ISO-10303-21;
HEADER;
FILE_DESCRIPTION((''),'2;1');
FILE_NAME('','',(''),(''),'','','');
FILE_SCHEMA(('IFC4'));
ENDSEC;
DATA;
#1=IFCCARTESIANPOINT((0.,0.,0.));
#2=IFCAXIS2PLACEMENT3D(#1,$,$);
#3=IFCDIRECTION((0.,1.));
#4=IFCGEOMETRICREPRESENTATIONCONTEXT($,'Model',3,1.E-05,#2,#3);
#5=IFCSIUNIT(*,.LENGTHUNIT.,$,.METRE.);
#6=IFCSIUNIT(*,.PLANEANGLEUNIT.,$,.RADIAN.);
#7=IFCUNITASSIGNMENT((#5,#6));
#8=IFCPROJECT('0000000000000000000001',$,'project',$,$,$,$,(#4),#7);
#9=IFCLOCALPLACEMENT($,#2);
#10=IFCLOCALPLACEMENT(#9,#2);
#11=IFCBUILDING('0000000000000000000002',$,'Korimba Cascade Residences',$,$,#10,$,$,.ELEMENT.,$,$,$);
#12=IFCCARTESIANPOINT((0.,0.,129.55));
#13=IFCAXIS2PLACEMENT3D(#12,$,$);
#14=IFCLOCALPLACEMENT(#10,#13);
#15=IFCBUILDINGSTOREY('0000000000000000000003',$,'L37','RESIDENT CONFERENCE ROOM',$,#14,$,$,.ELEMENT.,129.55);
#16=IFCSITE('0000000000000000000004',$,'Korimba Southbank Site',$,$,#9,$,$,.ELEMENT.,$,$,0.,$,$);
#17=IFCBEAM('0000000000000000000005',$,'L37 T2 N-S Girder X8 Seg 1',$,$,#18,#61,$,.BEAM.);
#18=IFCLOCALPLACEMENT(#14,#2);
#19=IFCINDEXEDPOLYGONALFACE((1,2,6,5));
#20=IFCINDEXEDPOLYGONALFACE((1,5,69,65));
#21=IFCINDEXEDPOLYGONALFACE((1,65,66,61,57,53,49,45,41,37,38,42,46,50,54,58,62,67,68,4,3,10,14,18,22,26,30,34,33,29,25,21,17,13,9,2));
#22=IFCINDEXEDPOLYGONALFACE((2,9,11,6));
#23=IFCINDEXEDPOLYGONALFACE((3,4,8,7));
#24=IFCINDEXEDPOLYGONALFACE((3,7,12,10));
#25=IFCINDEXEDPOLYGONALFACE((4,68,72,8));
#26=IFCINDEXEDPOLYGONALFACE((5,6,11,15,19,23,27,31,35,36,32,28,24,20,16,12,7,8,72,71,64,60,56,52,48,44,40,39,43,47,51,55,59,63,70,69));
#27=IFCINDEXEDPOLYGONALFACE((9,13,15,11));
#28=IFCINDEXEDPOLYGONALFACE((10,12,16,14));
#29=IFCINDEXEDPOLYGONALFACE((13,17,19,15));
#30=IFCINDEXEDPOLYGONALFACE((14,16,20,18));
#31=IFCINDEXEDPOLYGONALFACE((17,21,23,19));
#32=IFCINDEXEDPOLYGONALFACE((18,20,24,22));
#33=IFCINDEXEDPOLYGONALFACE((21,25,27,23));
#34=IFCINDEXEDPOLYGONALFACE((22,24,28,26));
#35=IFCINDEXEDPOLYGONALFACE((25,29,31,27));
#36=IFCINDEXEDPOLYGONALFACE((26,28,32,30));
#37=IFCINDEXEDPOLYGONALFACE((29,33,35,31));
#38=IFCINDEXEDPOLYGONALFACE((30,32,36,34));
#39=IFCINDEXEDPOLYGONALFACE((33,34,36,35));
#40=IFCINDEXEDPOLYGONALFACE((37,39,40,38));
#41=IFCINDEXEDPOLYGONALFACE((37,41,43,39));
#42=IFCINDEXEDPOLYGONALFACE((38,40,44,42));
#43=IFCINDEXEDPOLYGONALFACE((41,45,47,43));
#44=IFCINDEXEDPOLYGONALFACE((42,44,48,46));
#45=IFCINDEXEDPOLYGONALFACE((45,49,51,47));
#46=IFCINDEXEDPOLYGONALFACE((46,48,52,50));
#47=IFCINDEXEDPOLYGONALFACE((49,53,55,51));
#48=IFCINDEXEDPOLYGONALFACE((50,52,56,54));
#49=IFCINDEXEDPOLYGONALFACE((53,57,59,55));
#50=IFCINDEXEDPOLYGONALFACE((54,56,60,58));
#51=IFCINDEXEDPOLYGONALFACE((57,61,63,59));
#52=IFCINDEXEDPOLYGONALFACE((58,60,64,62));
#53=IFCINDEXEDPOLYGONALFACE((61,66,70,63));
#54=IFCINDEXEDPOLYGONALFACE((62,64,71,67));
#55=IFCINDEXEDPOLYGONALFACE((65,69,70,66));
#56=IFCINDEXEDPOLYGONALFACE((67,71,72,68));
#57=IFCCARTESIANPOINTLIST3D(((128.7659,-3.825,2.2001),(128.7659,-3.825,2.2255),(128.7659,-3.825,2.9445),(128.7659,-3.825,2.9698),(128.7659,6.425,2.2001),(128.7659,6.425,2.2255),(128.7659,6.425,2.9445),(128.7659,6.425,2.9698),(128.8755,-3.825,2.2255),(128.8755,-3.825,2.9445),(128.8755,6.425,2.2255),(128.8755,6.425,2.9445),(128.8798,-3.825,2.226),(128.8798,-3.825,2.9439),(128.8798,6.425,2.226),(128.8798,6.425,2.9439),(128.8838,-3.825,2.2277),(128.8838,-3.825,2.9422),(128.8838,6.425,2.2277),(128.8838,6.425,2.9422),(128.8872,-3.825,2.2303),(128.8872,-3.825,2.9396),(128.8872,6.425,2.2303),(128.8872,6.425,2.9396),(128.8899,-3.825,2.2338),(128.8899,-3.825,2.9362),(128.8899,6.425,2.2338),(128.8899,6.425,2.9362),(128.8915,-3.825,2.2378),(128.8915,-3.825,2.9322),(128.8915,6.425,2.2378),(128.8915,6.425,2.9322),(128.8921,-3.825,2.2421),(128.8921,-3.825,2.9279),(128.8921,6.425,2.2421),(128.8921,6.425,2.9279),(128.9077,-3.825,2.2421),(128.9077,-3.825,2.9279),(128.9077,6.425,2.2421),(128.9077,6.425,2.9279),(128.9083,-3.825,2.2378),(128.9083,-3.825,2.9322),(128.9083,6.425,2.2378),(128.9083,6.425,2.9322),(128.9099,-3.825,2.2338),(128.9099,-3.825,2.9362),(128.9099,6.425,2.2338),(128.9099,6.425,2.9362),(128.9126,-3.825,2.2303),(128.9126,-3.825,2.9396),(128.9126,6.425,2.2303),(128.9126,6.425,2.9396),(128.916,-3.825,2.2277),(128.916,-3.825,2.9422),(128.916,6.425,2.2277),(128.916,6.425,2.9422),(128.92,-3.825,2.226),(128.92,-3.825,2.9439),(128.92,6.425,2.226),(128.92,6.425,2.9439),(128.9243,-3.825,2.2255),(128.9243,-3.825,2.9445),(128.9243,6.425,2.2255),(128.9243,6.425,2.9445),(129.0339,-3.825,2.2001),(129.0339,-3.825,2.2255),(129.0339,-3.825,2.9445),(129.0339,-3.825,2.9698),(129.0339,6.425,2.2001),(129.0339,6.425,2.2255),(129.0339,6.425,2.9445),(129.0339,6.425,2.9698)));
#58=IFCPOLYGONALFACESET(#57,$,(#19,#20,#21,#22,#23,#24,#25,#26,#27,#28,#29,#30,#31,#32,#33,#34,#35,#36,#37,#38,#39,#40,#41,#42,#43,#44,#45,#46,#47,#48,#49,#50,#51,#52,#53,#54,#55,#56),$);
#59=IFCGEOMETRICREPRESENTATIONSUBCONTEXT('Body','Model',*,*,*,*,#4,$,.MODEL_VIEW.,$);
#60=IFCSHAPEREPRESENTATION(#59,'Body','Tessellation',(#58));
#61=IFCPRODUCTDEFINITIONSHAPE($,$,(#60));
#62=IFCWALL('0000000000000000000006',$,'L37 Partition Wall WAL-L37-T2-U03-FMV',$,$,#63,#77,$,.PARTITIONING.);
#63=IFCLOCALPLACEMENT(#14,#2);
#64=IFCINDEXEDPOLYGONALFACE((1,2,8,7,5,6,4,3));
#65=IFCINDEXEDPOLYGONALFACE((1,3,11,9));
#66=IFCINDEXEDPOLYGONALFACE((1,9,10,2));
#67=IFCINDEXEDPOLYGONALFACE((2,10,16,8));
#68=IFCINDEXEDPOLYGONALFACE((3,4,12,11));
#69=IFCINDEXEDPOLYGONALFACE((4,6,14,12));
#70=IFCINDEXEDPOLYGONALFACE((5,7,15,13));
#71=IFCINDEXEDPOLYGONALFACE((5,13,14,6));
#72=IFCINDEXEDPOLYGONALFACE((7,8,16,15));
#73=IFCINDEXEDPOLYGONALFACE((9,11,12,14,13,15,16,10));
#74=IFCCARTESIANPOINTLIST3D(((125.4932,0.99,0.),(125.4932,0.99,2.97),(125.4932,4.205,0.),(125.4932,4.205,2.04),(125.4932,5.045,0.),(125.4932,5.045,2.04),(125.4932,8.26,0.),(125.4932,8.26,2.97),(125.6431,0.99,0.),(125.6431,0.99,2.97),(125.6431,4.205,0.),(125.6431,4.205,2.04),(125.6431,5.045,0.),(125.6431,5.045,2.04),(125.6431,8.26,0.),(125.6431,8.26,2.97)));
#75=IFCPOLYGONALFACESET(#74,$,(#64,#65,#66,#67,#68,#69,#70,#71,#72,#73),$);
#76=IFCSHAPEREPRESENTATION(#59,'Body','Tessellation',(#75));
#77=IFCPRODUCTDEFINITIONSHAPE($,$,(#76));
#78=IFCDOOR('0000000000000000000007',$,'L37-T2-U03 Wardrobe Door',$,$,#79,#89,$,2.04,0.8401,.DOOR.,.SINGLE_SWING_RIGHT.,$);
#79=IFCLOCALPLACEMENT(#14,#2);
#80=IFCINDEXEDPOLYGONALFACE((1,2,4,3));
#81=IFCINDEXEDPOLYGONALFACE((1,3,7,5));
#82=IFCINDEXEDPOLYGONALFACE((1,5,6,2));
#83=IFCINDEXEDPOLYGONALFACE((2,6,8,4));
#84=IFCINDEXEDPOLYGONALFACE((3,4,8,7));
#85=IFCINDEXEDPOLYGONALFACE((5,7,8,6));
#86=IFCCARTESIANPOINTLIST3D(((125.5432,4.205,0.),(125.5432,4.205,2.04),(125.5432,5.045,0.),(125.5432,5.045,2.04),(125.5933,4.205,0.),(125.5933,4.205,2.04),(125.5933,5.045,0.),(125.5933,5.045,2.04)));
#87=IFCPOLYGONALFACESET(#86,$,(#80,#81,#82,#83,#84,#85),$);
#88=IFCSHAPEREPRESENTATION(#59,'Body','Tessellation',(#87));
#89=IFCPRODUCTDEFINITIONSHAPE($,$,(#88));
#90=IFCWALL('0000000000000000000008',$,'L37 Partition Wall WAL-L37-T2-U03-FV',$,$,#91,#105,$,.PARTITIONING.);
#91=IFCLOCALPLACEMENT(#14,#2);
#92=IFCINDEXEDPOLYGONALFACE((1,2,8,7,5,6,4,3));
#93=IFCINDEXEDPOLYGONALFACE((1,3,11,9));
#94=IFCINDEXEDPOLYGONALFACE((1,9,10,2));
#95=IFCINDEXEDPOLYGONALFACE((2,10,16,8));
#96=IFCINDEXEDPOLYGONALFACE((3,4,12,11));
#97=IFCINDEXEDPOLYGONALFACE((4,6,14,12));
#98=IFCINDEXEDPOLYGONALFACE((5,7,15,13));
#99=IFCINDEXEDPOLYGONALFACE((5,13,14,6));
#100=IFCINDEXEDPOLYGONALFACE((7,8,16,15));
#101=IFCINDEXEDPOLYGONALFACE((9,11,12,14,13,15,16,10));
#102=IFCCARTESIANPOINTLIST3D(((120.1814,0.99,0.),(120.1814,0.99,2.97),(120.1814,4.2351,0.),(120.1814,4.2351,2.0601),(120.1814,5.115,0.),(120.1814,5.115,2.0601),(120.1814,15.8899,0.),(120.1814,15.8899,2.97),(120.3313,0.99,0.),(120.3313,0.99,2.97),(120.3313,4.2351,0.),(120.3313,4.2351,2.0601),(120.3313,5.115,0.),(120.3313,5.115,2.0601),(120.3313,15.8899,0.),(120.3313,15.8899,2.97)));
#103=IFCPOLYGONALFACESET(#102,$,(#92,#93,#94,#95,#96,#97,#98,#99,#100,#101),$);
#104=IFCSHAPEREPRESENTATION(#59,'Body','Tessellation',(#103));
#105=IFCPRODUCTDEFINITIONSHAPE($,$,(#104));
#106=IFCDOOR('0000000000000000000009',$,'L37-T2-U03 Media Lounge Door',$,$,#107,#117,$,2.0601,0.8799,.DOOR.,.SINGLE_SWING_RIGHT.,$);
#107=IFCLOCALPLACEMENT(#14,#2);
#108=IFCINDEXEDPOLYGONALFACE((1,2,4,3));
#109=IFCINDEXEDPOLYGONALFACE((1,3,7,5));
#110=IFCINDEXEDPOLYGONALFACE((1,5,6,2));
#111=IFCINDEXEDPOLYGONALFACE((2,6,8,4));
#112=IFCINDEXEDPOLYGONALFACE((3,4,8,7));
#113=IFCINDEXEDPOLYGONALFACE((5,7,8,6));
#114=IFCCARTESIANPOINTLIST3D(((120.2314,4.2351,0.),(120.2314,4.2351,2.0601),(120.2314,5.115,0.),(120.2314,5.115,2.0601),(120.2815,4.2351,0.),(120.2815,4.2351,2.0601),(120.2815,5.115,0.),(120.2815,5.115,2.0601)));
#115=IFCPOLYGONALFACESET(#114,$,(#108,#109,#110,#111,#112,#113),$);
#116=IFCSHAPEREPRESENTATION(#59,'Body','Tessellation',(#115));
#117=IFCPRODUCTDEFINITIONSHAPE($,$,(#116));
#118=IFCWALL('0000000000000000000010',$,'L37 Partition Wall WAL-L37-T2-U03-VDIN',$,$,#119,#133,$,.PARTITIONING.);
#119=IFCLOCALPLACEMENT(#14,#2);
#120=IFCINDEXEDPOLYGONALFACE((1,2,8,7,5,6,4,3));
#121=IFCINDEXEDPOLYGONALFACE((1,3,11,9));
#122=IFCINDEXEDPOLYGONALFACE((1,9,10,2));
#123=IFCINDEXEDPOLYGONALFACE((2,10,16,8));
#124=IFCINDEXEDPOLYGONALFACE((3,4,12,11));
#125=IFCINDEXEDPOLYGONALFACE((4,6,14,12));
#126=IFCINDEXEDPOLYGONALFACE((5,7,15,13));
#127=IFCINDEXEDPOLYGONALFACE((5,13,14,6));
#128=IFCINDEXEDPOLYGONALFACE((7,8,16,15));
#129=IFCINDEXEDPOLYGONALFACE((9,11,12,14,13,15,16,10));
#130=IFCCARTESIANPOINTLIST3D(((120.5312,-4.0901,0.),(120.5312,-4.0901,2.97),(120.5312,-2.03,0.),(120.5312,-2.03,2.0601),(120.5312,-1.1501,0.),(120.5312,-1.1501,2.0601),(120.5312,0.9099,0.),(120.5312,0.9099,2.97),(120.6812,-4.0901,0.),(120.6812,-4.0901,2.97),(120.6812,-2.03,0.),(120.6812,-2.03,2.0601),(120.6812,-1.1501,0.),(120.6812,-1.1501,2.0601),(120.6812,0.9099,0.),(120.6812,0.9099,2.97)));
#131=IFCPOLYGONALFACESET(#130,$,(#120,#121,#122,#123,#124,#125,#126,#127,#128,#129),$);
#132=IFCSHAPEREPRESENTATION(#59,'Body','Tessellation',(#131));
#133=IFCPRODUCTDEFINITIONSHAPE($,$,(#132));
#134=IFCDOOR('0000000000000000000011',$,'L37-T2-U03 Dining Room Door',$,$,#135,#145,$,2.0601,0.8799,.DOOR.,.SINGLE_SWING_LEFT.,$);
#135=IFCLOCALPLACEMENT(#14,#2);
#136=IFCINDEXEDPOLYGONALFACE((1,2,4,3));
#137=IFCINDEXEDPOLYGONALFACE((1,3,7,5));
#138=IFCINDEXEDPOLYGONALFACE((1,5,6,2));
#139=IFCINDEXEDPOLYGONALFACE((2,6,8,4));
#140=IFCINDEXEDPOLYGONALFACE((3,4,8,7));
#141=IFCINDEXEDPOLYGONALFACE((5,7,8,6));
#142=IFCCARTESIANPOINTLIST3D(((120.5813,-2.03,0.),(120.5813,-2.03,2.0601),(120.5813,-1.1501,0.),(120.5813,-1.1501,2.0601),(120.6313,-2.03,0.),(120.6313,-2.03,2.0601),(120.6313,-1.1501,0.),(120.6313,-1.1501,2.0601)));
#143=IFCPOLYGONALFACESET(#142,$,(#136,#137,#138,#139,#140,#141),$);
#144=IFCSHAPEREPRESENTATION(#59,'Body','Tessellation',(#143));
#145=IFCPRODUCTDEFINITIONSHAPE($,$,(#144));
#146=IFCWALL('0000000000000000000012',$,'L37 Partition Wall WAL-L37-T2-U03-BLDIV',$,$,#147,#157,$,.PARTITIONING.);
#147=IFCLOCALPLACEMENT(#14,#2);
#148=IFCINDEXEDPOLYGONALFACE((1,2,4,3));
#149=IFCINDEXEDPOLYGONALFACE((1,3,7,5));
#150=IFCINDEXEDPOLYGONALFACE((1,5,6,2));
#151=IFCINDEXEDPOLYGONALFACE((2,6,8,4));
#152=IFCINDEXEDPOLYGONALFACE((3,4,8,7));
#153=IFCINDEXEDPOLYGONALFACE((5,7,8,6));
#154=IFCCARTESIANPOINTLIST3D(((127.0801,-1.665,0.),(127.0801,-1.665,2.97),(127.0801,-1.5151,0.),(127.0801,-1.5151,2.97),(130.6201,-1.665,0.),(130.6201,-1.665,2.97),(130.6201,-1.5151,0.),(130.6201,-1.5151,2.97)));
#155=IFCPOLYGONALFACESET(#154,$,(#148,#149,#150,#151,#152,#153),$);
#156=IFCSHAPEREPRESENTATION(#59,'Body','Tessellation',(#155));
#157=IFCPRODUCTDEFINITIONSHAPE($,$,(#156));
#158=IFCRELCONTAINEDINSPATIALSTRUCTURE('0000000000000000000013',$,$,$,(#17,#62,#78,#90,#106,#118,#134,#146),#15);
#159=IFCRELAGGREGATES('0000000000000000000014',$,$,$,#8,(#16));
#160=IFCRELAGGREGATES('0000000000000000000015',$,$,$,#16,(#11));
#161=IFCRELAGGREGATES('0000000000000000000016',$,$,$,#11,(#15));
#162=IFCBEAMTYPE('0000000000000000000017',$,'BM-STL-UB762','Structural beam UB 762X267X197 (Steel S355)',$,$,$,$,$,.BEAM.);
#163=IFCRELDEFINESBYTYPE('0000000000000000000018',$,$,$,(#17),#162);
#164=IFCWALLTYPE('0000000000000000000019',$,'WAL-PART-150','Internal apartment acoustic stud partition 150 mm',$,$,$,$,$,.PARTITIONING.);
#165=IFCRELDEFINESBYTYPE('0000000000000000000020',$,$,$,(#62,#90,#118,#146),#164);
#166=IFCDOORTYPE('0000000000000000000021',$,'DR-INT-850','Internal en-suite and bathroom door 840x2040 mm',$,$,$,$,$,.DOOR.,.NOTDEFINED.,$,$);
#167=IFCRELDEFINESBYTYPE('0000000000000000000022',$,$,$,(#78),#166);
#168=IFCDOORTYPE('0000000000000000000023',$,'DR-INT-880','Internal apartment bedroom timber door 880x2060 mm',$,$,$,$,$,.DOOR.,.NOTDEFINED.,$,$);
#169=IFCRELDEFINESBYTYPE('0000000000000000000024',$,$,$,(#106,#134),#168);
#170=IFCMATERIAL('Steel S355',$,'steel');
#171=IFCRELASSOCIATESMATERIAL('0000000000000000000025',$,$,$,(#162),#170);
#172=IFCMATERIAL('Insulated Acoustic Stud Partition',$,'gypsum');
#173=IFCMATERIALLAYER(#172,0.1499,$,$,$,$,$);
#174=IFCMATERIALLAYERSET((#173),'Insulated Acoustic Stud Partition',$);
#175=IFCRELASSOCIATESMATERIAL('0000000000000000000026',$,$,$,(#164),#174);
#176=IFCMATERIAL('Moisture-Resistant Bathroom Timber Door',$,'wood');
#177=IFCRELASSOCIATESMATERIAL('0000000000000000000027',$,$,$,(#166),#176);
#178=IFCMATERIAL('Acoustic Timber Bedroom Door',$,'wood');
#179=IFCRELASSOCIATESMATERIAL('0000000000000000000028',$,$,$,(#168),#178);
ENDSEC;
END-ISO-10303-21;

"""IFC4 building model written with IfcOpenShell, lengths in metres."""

from ifc_helpers import new_model, si_unit, direction, frame, frame_2d, origin, origin_2d, place, context, subcontext, project, spatial, rectangle, i_section, extrude, material, layer, layer_set, material_profile, profile_set, type_object, element, fill, save


model = new_model("IFC4")

# Units and contexts
model_context = context("Model", 3, precision=1e-05, world=origin(), true_north=direction((0.0, 1.0)))
body_context = subcontext(model_context, "Body", "Model", "MODEL_VIEW")
ifc_project = project(units=[si_unit("LENGTHUNIT", "METRE"), si_unit("PLANEANGLEUNIT", "RADIAN")], contexts=[model_context])

# Site, building, storey
site_placement = place(None, origin())
site = spatial("IfcSite", under=ifc_project, at=site_placement, Name="Korimba Southbank Site", CompositionType="ELEMENT", RefElevation=0.0)
building_placement = place(site_placement, origin())
building = spatial("IfcBuilding", under=site, at=building_placement, Name="Korimba Cascade Residences", CompositionType="ELEMENT")
storey_placement = place(building_placement, frame((0.0, 0.0, 129.55)))
storey = spatial("IfcBuildingStorey", under=building, at=storey_placement, Name="L37", Description="RESIDENT CONFERENCE ROOM", CompositionType="ELEMENT", Elevation=129.55)

# Beam
ifc_material_1 = material(Name="Steel S355", Category="steel")
ifc_material_profile_1 = material_profile(ifc_material_1, i_section(OverallWidth=0.2681, OverallDepth=0.7698, WebThickness=0.0156, FlangeThickness=0.0254, FilletRadius=0.0166, at=origin_2d()), Name="Steel S355")
ifc_profile_set_1 = profile_set([ifc_material_profile_1], Name="Steel S355")
beam_type_1 = type_object("IfcBeamType", Name="BM-STL-UB762", Description="Structural beam UB 762X267X197 (Steel S355)", PredefinedType="BEAM", material=ifc_profile_set_1)
for number, where, z_axis, x_axis, name in (
    (1, (128.8999, -3.825, 2.585), (0.0, 1.0, 0.0), (-1.0, 0.0, 0.0), "L37 T2 N-S Girder X8 Seg 1"),
):
    element("IfcBeam", number, at=place(storey_placement, frame(where, z_axis=z_axis, x_axis=x_axis)), inside=storey, type_object=beam_type_1, Name=name, PredefinedType="BEAM", context=body_context, shape_type="SweptSolid", body=[
        extrude(i_section(OverallWidth=0.2681, OverallDepth=0.7698, WebThickness=0.0156, FlangeThickness=0.0254, FilletRadius=0.0166, at=origin_2d()), origin(), (0.0, 0.0, 1.0), 10.25),
    ])

# Walls, openings, doors
ifc_material_2 = material(Name="Insulated Acoustic Stud Partition", Category="gypsum")
ifc_layer = layer(ifc_material_2, 0.1499)
ifc_layer_set = layer_set([ifc_layer], Name="Insulated Acoustic Stud Partition")
wall_type = type_object("IfcWallType", Name="WAL-PART-150", Description="Internal apartment acoustic stud partition 150 mm", PredefinedType="PARTITIONING", material=ifc_layer_set)
wall_1_placement = place(storey_placement, frame((125.5681, 0.99, 0.0), z_axis=(0.0, 0.0, 1.0), x_axis=(0.0, 1.0, 0.0)))
wall_1 = element("IfcWall", 2, at=wall_1_placement, inside=storey, type_object=wall_type, Name="L37 Partition Wall WAL-L37-T2-U03-FMV", PredefinedType="PARTITIONING", context=body_context, shape_type="SweptSolid", body=[
    extrude(rectangle(XDim=7.27, YDim=0.1499, at=frame_2d((3.635, 0.0))), origin(), (0.0, 0.0, 1.0), 2.97),
])
opening_1_placement = place(wall_1_placement, frame((3.2151, 0.0, 0.0)))
opening_1 = element("IfcOpeningElement", 3, at=opening_1_placement, cuts=wall_1, PredefinedType="OPENING", context=body_context, shape_type="SweptSolid", body=[
    extrude(rectangle(XDim=0.8401, YDim=2.04, at=frame_2d((0.4199, 1.02))), frame((0.0, 0.085, 0.0), z_axis=(0.0, -1.0, 0.0), x_axis=(1.0, 0.0, 0.0)), (0.0, 0.0, 1.0), 0.1699),
])
ifc_material_3 = material(Name="Moisture-Resistant Bathroom Timber Door", Category="wood")
door_type_1 = type_object("IfcDoorType", Name="DR-INT-850", Description="Internal en-suite and bathroom door 840x2040 mm", OperationType="NOTDEFINED", PredefinedType="DOOR", material=ifc_material_3)
door_1_placement = place(opening_1_placement, origin())
door_1 = element("IfcDoor", 4, at=door_1_placement, inside=storey, type_object=door_type_1, Name="L37-T2-U03 Wardrobe Door", OperationType="SINGLE_SWING_RIGHT", OverallHeight=2.04, OverallWidth=0.8401, PredefinedType="DOOR", context=body_context, shape_type="SweptSolid", body=[
    extrude(rectangle(XDim=0.8401, YDim=2.04, at=frame_2d((0.4199, 1.02))), frame((0.0, 0.0249, 0.0), z_axis=(0.0, -1.0, 0.0), x_axis=(1.0, 0.0, 0.0)), (0.0, 0.0, 1.0), 0.05),
])
fill(opening_1, door_1)
wall_2_placement = place(storey_placement, frame((120.2563, 0.99, 0.0), z_axis=(0.0, 0.0, 1.0), x_axis=(0.0, 1.0, 0.0)))
wall_2 = element("IfcWall", 5, at=wall_2_placement, inside=storey, type_object=wall_type, Name="L37 Partition Wall WAL-L37-T2-U03-FV", PredefinedType="PARTITIONING", context=body_context, shape_type="SweptSolid", body=[
    extrude(rectangle(XDim=14.8999, YDim=0.1499, at=frame_2d((7.45, 0.0))), origin(), (0.0, 0.0, 1.0), 2.97),
])
opening_2_placement = place(wall_2_placement, frame((3.2451, 0.0, 0.0)))
opening_2 = element("IfcOpeningElement", 6, at=opening_2_placement, cuts=wall_2, PredefinedType="OPENING", context=body_context, shape_type="SweptSolid", body=[
    extrude(rectangle(XDim=0.8799, YDim=2.0601, at=frame_2d((0.4399, 1.03))), frame((0.0, 0.085, 0.0), z_axis=(0.0, -1.0, 0.0), x_axis=(1.0, 0.0, 0.0)), (0.0, 0.0, 1.0), 0.1699),
])
ifc_material_4 = material(Name="Acoustic Timber Bedroom Door", Category="wood")
door_type_2 = type_object("IfcDoorType", Name="DR-INT-880", Description="Internal apartment bedroom timber door 880x2060 mm", OperationType="NOTDEFINED", PredefinedType="DOOR", material=ifc_material_4)
door_2_placement = place(opening_2_placement, origin())
door_2 = element("IfcDoor", 7, at=door_2_placement, inside=storey, type_object=door_type_2, Name="L37-T2-U03 Media Lounge Door", OperationType="SINGLE_SWING_RIGHT", OverallHeight=2.0601, OverallWidth=0.8799, PredefinedType="DOOR", context=body_context, shape_type="SweptSolid", body=[
    extrude(rectangle(XDim=0.8799, YDim=2.0601, at=frame_2d((0.4399, 1.03))), frame((0.0, 0.0249, 0.0), z_axis=(0.0, -1.0, 0.0), x_axis=(1.0, 0.0, 0.0)), (0.0, 0.0, 1.0), 0.05),
])
fill(opening_2, door_2)
wall_3_placement = place(storey_placement, frame((120.6062, -4.0901, 0.0), z_axis=(0.0, 0.0, 1.0), x_axis=(0.0, 1.0, 0.0)))
wall_3 = element("IfcWall", 8, at=wall_3_placement, inside=storey, type_object=wall_type, Name="L37 Partition Wall WAL-L37-T2-U03-VDIN", PredefinedType="PARTITIONING", context=body_context, shape_type="SweptSolid", body=[
    extrude(rectangle(XDim=5.0, YDim=0.1499, at=frame_2d((2.5, 0.0))), origin(), (0.0, 0.0, 1.0), 2.97),
])
opening_3_placement = place(wall_3_placement, frame((2.0601, 0.0, 0.0)))
opening_3 = element("IfcOpeningElement", 9, at=opening_3_placement, cuts=wall_3, PredefinedType="OPENING", context=body_context, shape_type="SweptSolid", body=[
    extrude(rectangle(XDim=0.8799, YDim=2.0601, at=frame_2d((0.4399, 1.03))), frame((0.0, 0.085, 0.0), z_axis=(0.0, -1.0, 0.0), x_axis=(1.0, 0.0, 0.0)), (0.0, 0.0, 1.0), 0.1699),
])
door_3_placement = place(opening_3_placement, origin())
door_3 = element("IfcDoor", 10, at=door_3_placement, inside=storey, type_object=door_type_2, Name="L37-T2-U03 Dining Room Door", OperationType="SINGLE_SWING_LEFT", OverallHeight=2.0601, OverallWidth=0.8799, PredefinedType="DOOR", context=body_context, shape_type="SweptSolid", body=[
    extrude(rectangle(XDim=0.8799, YDim=2.0601, at=frame_2d((0.4399, 1.03))), frame((0.0, 0.0249, 0.0), z_axis=(0.0, -1.0, 0.0), x_axis=(1.0, 0.0, 0.0)), (0.0, 0.0, 1.0), 0.05),
])
fill(opening_3, door_3)

# Wall
wall_4_placement = place(storey_placement, frame((127.0801, -1.5901, 0.0), z_axis=(0.0, 0.0, 1.0), x_axis=(1.0, 0.0, 0.0)))
element("IfcWall", 11, at=wall_4_placement, inside=storey, type_object=wall_type, Name="L37 Partition Wall WAL-L37-T2-U03-BLDIV", PredefinedType="PARTITIONING", context=body_context, shape_type="SweptSolid", body=[
    extrude(rectangle(XDim=3.54, YDim=0.1499, at=frame_2d((1.77, 0.0))), origin(), (0.0, 0.0, 1.0), 2.97),
])

save(model, "model.ifc")
